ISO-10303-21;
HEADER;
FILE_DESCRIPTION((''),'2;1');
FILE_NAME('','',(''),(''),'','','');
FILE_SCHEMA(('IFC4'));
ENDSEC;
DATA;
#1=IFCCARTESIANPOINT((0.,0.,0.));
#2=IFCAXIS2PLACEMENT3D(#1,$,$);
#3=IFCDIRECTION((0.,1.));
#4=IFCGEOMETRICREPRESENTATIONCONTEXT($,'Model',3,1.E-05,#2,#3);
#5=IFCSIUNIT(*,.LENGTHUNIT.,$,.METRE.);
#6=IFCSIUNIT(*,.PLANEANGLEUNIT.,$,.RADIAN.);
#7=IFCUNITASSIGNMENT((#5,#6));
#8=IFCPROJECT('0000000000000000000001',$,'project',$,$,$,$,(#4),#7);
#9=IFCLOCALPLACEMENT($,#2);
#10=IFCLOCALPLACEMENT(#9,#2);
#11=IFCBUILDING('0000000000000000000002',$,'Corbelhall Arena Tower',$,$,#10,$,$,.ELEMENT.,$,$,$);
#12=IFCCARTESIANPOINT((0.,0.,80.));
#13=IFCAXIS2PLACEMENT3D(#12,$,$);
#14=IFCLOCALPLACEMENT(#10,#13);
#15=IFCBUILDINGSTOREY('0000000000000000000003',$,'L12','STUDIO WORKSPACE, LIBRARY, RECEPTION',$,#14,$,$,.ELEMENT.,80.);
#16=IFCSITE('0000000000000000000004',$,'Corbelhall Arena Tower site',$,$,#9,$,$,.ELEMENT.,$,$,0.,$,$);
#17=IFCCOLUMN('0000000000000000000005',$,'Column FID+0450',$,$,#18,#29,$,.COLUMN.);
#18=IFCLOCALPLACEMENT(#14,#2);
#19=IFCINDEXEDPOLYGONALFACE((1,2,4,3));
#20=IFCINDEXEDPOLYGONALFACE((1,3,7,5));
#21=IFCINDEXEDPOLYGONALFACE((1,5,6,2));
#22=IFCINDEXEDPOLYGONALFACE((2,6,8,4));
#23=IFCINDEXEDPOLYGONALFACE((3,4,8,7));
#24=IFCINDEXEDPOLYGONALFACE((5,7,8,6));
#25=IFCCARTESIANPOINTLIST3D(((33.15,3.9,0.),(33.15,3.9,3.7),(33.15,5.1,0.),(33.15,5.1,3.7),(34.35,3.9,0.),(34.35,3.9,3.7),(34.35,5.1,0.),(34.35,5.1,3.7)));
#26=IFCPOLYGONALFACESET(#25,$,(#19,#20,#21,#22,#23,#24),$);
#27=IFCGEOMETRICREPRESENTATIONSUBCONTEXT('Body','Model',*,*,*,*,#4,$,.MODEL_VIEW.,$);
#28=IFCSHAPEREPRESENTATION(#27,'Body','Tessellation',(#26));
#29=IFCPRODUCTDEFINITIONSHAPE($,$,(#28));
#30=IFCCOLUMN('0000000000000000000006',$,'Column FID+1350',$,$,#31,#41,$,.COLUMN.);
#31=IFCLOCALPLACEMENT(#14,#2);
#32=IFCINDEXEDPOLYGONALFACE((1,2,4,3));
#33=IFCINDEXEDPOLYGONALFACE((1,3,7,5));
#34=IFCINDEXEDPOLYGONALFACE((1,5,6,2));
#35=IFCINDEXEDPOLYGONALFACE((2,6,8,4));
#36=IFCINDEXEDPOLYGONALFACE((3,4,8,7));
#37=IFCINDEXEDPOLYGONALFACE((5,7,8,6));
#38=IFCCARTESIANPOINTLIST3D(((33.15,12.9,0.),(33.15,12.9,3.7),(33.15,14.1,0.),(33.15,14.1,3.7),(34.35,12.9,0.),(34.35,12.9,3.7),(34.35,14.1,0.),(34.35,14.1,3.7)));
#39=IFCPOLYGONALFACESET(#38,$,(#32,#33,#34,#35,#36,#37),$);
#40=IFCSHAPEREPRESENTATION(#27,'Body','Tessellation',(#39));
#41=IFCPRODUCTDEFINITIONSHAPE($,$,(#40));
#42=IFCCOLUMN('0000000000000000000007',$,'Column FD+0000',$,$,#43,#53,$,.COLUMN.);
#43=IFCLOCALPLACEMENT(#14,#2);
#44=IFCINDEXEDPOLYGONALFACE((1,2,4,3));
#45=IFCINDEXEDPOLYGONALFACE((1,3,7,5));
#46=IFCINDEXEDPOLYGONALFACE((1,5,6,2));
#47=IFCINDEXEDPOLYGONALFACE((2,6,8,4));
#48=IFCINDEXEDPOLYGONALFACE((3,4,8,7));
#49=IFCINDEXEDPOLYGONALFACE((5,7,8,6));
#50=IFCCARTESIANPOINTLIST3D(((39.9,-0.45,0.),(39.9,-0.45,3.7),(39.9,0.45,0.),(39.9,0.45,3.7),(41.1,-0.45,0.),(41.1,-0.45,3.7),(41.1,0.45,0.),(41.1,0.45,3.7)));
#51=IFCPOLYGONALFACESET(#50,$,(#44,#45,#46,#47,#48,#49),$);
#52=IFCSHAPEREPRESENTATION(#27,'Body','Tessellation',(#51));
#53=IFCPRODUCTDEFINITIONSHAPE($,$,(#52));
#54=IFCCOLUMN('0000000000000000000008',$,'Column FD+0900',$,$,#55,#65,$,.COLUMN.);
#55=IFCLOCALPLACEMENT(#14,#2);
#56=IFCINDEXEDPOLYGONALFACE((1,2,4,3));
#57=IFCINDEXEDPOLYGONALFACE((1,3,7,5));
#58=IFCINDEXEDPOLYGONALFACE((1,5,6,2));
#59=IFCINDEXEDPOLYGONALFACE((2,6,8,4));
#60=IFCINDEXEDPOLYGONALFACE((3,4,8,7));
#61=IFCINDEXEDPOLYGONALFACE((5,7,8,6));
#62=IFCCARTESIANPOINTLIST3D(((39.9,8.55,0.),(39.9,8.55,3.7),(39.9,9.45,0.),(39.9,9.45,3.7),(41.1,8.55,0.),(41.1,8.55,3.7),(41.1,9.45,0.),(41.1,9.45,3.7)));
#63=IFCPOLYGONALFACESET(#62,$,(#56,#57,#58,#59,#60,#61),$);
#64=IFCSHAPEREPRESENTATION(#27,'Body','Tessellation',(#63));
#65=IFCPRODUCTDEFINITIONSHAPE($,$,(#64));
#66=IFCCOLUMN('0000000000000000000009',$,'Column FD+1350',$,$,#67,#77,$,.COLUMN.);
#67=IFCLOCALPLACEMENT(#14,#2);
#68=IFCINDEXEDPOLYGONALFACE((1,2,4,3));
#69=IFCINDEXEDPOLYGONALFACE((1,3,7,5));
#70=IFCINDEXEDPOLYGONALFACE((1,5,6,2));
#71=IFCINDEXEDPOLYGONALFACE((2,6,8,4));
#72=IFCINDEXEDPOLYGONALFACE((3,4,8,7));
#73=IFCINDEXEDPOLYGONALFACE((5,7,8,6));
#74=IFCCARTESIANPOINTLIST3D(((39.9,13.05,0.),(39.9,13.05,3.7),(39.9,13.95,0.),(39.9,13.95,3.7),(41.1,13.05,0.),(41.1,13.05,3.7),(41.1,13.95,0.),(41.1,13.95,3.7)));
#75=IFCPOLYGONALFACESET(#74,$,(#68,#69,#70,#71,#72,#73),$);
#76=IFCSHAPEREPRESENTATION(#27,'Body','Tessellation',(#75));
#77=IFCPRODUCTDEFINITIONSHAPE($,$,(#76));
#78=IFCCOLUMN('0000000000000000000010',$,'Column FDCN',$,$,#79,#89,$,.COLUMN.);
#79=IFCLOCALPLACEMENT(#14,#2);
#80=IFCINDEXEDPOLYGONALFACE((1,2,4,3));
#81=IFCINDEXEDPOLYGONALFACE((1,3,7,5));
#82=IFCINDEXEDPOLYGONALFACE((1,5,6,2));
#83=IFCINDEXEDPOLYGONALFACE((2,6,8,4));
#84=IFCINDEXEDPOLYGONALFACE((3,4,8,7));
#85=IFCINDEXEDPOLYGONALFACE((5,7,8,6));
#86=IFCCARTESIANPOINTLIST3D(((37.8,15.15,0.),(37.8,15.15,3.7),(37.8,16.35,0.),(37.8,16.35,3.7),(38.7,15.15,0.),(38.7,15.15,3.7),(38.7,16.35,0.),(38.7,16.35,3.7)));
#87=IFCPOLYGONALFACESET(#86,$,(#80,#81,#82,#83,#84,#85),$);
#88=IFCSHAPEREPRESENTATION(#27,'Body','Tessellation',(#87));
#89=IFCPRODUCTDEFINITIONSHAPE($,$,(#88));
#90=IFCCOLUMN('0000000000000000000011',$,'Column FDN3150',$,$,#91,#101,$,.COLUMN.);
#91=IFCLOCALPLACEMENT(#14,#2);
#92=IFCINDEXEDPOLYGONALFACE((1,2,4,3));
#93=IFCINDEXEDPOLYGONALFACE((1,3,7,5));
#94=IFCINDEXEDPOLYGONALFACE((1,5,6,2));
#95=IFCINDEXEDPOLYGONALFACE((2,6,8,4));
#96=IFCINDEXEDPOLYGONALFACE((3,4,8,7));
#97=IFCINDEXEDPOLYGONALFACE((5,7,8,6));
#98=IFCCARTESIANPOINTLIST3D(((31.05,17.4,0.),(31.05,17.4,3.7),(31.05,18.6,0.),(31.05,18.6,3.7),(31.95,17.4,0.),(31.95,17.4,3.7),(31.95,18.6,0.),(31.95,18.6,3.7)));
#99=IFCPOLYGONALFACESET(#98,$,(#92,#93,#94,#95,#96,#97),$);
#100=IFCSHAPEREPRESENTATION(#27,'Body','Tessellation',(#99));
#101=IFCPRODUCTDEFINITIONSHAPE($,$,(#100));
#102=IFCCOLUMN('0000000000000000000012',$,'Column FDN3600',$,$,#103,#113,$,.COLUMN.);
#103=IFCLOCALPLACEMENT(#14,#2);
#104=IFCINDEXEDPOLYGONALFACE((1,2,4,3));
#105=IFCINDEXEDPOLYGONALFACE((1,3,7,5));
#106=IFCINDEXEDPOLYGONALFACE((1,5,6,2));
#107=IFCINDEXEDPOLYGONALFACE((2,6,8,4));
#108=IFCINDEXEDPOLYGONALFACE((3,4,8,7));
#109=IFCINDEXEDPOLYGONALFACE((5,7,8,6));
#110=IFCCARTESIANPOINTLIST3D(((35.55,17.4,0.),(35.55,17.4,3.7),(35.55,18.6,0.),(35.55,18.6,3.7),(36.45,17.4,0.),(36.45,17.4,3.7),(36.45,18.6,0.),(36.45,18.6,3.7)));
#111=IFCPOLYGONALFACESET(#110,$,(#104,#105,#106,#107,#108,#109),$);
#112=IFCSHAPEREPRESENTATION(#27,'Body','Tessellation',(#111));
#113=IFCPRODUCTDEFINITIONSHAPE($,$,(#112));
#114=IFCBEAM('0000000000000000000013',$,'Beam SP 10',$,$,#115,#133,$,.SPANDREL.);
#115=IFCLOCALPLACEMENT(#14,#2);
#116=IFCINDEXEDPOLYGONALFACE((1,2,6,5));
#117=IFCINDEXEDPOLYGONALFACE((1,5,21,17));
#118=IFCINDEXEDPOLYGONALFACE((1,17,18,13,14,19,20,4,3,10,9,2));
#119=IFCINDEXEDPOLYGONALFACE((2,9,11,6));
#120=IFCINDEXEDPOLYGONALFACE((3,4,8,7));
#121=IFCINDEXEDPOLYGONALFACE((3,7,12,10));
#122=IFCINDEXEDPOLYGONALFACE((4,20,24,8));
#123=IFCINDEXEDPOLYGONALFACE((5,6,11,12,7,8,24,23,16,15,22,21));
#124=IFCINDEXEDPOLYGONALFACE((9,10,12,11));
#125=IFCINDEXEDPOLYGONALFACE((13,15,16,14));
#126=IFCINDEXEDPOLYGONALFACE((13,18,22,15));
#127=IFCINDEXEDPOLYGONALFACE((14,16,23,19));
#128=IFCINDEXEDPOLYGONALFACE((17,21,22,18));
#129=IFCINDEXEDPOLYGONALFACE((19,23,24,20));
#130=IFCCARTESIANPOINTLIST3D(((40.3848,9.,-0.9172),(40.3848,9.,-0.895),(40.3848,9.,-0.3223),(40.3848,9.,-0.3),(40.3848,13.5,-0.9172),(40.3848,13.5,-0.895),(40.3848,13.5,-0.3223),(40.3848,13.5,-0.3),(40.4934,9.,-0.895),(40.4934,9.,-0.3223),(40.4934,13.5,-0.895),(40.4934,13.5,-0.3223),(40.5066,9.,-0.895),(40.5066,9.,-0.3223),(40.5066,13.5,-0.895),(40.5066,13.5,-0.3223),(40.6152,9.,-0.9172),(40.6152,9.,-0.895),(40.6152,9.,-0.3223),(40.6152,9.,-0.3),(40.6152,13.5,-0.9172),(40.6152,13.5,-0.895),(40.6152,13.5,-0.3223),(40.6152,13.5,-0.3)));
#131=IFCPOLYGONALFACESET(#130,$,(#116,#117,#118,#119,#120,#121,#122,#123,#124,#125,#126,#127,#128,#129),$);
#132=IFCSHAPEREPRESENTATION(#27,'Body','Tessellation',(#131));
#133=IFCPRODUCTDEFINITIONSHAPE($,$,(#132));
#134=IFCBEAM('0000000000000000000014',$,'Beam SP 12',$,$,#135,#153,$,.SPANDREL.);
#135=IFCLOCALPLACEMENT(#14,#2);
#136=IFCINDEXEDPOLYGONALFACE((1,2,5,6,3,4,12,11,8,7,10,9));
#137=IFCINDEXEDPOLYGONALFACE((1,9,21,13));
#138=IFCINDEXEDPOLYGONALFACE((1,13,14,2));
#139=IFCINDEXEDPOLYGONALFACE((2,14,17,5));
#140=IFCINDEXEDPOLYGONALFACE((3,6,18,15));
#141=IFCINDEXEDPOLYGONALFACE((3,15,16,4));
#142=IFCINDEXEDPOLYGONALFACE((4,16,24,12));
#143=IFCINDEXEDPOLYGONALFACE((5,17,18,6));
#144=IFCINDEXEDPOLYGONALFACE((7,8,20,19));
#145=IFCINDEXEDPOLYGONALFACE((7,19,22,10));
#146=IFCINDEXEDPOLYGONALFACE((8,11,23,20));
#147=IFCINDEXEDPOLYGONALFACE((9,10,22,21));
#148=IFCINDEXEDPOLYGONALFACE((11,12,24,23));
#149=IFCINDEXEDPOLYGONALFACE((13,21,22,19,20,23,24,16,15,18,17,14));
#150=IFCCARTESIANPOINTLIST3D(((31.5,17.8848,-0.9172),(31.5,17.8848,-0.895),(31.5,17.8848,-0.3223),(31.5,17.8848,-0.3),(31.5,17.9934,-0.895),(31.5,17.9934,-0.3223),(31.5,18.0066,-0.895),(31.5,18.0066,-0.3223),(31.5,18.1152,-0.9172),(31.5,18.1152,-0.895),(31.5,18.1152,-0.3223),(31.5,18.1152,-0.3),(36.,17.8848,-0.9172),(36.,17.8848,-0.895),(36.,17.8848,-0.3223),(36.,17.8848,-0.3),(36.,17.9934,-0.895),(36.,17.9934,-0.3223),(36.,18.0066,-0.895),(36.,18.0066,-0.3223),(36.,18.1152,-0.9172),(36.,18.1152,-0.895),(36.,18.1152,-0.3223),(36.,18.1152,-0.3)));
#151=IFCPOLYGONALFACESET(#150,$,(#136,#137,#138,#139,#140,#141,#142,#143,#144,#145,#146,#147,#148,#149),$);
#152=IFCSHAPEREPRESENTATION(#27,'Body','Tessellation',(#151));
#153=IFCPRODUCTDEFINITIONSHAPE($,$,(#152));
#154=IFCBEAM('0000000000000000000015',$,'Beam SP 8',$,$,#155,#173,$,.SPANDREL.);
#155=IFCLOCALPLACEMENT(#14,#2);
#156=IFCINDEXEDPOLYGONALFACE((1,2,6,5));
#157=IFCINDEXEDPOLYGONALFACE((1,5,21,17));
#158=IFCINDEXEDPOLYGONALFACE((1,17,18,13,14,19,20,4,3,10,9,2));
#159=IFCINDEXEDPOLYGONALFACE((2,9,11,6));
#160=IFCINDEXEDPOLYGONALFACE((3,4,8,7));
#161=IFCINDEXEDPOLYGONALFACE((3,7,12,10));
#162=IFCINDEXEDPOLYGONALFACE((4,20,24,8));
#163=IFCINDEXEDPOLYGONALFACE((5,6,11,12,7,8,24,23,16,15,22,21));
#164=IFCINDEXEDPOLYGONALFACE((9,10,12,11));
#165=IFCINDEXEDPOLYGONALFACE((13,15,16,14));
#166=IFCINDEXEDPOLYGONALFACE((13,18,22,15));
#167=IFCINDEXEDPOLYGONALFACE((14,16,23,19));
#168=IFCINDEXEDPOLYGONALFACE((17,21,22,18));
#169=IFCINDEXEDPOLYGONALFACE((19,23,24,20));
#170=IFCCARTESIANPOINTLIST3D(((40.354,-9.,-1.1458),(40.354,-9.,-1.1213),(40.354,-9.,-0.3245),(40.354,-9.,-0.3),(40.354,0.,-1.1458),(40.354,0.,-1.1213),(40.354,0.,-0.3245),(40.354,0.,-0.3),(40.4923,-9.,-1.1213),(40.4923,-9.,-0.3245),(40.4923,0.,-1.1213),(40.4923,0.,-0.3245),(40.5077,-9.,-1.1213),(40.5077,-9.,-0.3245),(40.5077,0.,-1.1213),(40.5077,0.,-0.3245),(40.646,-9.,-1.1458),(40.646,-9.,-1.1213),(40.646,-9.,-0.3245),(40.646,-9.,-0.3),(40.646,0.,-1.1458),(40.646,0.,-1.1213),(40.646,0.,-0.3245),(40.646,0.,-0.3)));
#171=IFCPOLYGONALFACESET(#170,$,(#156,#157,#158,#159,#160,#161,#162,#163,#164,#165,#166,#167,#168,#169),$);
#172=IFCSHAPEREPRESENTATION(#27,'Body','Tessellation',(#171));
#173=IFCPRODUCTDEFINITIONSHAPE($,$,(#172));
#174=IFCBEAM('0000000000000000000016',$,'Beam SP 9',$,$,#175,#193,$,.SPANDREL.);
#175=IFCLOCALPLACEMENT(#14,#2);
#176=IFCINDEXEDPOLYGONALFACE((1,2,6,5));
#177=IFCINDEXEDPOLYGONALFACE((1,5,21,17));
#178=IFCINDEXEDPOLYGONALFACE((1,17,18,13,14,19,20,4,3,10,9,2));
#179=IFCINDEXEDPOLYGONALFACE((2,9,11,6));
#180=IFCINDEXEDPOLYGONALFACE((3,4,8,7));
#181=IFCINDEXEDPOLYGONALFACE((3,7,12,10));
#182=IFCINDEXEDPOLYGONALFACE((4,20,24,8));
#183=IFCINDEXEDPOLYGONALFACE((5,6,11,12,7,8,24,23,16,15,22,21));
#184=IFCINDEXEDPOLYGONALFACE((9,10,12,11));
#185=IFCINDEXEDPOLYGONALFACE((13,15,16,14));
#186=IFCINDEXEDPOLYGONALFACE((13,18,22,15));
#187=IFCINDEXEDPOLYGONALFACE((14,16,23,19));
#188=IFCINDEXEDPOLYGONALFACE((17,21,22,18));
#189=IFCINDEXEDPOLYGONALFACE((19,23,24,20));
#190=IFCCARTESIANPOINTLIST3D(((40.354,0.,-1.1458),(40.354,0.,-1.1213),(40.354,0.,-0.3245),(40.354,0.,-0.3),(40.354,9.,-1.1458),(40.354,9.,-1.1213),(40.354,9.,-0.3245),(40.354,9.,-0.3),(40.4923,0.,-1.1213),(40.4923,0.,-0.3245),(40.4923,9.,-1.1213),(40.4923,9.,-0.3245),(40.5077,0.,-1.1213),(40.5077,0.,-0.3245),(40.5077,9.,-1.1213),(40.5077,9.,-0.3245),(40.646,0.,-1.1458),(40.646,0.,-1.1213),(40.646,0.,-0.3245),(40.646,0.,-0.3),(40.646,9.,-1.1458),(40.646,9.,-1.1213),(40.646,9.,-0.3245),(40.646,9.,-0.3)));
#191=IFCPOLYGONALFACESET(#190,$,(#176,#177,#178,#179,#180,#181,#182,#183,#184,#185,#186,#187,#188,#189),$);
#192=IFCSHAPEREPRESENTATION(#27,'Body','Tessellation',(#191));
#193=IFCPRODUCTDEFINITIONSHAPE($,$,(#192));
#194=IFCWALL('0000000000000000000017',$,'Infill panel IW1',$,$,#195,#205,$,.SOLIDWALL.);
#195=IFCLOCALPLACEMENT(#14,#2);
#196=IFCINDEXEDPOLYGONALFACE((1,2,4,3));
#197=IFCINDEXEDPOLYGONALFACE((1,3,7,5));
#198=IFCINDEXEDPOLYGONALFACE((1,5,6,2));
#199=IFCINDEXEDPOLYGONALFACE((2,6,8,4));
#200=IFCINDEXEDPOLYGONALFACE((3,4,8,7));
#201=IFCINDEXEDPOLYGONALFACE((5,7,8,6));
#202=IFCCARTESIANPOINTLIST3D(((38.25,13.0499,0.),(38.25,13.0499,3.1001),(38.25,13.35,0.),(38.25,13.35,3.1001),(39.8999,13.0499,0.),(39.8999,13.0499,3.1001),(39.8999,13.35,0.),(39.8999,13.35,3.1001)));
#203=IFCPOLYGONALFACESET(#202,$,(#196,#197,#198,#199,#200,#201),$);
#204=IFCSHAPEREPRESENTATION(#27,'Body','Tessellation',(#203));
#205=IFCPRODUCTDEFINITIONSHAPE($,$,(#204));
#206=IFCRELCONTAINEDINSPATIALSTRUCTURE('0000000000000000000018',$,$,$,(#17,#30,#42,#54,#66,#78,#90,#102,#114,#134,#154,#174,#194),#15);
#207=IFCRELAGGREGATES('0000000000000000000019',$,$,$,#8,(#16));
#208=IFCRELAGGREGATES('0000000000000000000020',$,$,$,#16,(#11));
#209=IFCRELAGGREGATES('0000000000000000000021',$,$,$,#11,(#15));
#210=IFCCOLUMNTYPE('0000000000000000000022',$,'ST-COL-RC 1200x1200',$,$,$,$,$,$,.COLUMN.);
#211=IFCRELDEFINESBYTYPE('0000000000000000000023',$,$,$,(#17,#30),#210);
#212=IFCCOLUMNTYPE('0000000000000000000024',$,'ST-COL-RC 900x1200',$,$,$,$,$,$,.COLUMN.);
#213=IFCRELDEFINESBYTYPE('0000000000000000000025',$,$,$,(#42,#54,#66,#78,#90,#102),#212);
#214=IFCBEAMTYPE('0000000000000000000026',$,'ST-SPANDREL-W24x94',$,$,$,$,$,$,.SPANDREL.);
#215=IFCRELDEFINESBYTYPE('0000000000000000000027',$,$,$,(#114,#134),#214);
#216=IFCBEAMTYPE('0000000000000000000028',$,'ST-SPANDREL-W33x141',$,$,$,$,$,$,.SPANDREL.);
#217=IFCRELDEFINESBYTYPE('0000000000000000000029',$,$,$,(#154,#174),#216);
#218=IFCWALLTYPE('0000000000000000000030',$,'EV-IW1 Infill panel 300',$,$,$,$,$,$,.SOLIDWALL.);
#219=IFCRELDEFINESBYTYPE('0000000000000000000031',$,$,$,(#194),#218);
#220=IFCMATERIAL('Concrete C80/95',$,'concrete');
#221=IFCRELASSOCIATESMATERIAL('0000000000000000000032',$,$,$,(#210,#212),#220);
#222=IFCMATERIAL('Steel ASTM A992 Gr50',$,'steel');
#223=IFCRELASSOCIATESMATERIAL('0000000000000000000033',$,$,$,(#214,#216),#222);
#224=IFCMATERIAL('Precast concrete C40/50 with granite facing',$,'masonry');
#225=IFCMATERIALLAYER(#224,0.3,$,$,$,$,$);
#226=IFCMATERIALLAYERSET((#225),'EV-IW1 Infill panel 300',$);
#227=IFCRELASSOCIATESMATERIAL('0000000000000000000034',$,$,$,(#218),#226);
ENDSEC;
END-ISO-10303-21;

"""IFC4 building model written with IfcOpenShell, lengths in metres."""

from ifc_helpers import new_model, si_unit, direction, frame, frame_2d, origin, origin_2d, place, context, subcontext, project, spatial, rectangle, i_section, extrude, material, layer, layer_set, material_profile, profile_set, type_object, element, save


model = new_model("IFC4")

# Units and contexts
model_context = context("Model", 3, precision=1e-05, world=origin(), true_north=direction((0.0, 1.0)))
body_context = subcontext(model_context, "Body", "Model", "MODEL_VIEW")
ifc_project = project(units=[si_unit("LENGTHUNIT", "METRE"), si_unit("PLANEANGLEUNIT", "RADIAN")], contexts=[model_context])

# Site, building, storey
site_placement = place(None, origin())
site = spatial("IfcSite", under=ifc_project, at=site_placement, Name="Corbelhall Arena Tower site", CompositionType="ELEMENT", RefElevation=0.0)
building_placement = place(site_placement, origin())
building = spatial("IfcBuilding", under=site, at=building_placement, Name="Corbelhall Arena Tower", CompositionType="ELEMENT")
storey_placement = place(building_placement, frame((0.0, 0.0, 80.0)))
storey = spatial("IfcBuildingStorey", under=building, at=storey_placement, Name="L12", Description="STUDIO WORKSPACE, LIBRARY, RECEPTION", CompositionType="ELEMENT", Elevation=80.0)

# Columns
ifc_material_1 = material(Name="Concrete C80/95", Category="concrete")
ifc_material_profile_1 = material_profile(ifc_material_1, rectangle(XDim=1.2, YDim=1.2, at=origin_2d()))
ifc_profile_set_1 = profile_set([ifc_material_profile_1], Name="Concrete C80/95")
column_type_1 = type_object("IfcColumnType", Name="ST-COL-RC 1200x1200", PredefinedType="COLUMN", material=ifc_profile_set_1)
for number, where, z_axis, x_axis, name in (
    (1, (33.75, 4.5, 0.0), (0.0, 0.0, 1.0), (1.0, 0.0, 0.0), "Column FID+0450"),
    (2, (33.75, 13.5, 0.0), (0.0, 0.0, 1.0), (1.0, 0.0, 0.0), "Column FID+1350"),
):
    element("IfcColumn", number, at=place(storey_placement, frame(where, z_axis=z_axis, x_axis=x_axis)), inside=storey, type_object=column_type_1, Name=name, PredefinedType="COLUMN", context=body_context, shape_type="SweptSolid", body=[
        extrude(rectangle(XDim=1.2, YDim=1.2, at=origin_2d()), origin(), (0.0, 0.0, 1.0), 3.7),
    ])
ifc_material_profile_2 = material_profile(ifc_material_1, rectangle(XDim=0.8999, YDim=1.2, at=origin_2d()))
ifc_profile_set_2 = profile_set([ifc_material_profile_2], Name="Concrete C80/95")
column_type_2 = type_object("IfcColumnType", Name="ST-COL-RC 900x1200", PredefinedType="COLUMN", material=ifc_profile_set_2)
for number, where, z_axis, x_axis, name in (
    (3, (40.5, 0.0, 0.0), (0.0, 0.0, 1.0), (0.0, 1.0, 0.0), "Column FD+0000"),
    (4, (40.5, 9.0, 0.0), (0.0, 0.0, 1.0), (0.0, 1.0, 0.0), "Column FD+0900"),
    (5, (40.5, 13.5, 0.0), (0.0, 0.0, 1.0), (0.0, 1.0, 0.0), "Column FD+1350"),
    (6, (38.25, 15.75, 0.0), (0.0, 0.0, 1.0), (1.0, 0.0, 0.0), "Column FDCN"),
    (7, (31.5, 18.0, 0.0), (0.0, 0.0, 1.0), (1.0, 0.0, 0.0), "Column FDN3150"),
    (8, (36.0, 18.0, 0.0), (0.0, 0.0, 1.0), (1.0, 0.0, 0.0), "Column FDN3600"),
):
    element("IfcColumn", number, at=place(storey_placement, frame(where, z_axis=z_axis, x_axis=x_axis)), inside=storey, type_object=column_type_2, Name=name, PredefinedType="COLUMN", context=body_context, shape_type="SweptSolid", body=[
        extrude(rectangle(XDim=0.8999, YDim=1.2, at=origin_2d()), origin(), (0.0, 0.0, 1.0), 3.7),
    ])

# Beams
ifc_material_2 = material(Name="Steel ASTM A992 Gr50", Category="steel")
ifc_material_profile_3 = material_profile(ifc_material_2, i_section(OverallWidth=0.2305, OverallDepth=0.6172, WebThickness=0.0132, FlangeThickness=0.0222, at=origin_2d()))
ifc_profile_set_3 = profile_set([ifc_material_profile_3], Name="Steel ASTM A992 Gr50")
beam_type_1 = type_object("IfcBeamType", Name="ST-SPANDREL-W24x94", PredefinedType="SPANDREL", material=ifc_profile_set_3)
for number, where, z_axis, x_axis, name in (
    (9, (40.5, 13.5, -0.6086), (0.0, -1.0, 0.0), (1.0, 0.0, 0.0), "Beam SP 10"),
    (10, (31.5, 18.0, -0.6086), (1.0, 0.0, 0.0), (0.0, 1.0, 0.0), "Beam SP 12"),
):
    element("IfcBeam", number, at=place(storey_placement, frame(where, z_axis=z_axis, x_axis=x_axis)), inside=storey, type_object=beam_type_1, Name=name, PredefinedType="SPANDREL", context=body_context, shape_type="SweptSolid", body=[
        extrude(i_section(OverallWidth=0.2305, OverallDepth=0.6172, WebThickness=0.0132, FlangeThickness=0.0222, at=origin_2d()), origin(), (0.0, 0.0, 1.0), 4.5),
    ])
ifc_material_profile_4 = material_profile(ifc_material_2, i_section(OverallWidth=0.292, OverallDepth=0.8457, WebThickness=0.0154, FlangeThickness=0.0244, at=origin_2d()))
ifc_profile_set_4 = profile_set([ifc_material_profile_4], Name="Steel ASTM A992 Gr50")
beam_type_2 = type_object("IfcBeamType", Name="ST-SPANDREL-W33x141", PredefinedType="SPANDREL", material=ifc_profile_set_4)
for number, where, z_axis, x_axis, name in (
    (11, (40.5, 0.0, -0.7229), (0.0, -1.0, 0.0), (1.0, 0.0, 0.0), "Beam SP 8"),
    (12, (40.5, 9.0, -0.7229), (0.0, -1.0, 0.0), (1.0, 0.0, 0.0), "Beam SP 9"),
):
    element("IfcBeam", number, at=place(storey_placement, frame(where, z_axis=z_axis, x_axis=x_axis)), inside=storey, type_object=beam_type_2, Name=name, PredefinedType="SPANDREL", context=body_context, shape_type="SweptSolid", body=[
        extrude(i_section(OverallWidth=0.292, OverallDepth=0.8457, WebThickness=0.0154, FlangeThickness=0.0244, at=origin_2d()), origin(), (0.0, 0.0, 1.0), 9.0),
    ])

# Wall
ifc_material_3 = material(Name="Precast concrete C40/50 with granite facing", Category="masonry")
ifc_layer_1 = layer(ifc_material_3, 0.3)
ifc_layer_set_1 = layer_set([ifc_layer_1], Name="EV-IW1 Infill panel 300")
wall_type_1 = type_object("IfcWallType", Name="EV-IW1 Infill panel 300", PredefinedType="SOLIDWALL", material=ifc_layer_set_1)
wall_1_placement = place(storey_placement, frame((39.8999, 13.2, 0.0), z_axis=(0.0, 0.0, 1.0), x_axis=(-1.0, 0.0, 0.0)))
element("IfcWall", 13, at=wall_1_placement, inside=storey, type_object=wall_type_1, Name="Infill panel IW1", PredefinedType="SOLIDWALL", context=body_context, shape_type="SweptSolid", body=[
    extrude(rectangle(XDim=1.6499, YDim=0.3, at=frame_2d((0.825, 0.0))), origin(), (0.0, 0.0, 1.0), 3.1001),
])

save(model, "model.ifc")
